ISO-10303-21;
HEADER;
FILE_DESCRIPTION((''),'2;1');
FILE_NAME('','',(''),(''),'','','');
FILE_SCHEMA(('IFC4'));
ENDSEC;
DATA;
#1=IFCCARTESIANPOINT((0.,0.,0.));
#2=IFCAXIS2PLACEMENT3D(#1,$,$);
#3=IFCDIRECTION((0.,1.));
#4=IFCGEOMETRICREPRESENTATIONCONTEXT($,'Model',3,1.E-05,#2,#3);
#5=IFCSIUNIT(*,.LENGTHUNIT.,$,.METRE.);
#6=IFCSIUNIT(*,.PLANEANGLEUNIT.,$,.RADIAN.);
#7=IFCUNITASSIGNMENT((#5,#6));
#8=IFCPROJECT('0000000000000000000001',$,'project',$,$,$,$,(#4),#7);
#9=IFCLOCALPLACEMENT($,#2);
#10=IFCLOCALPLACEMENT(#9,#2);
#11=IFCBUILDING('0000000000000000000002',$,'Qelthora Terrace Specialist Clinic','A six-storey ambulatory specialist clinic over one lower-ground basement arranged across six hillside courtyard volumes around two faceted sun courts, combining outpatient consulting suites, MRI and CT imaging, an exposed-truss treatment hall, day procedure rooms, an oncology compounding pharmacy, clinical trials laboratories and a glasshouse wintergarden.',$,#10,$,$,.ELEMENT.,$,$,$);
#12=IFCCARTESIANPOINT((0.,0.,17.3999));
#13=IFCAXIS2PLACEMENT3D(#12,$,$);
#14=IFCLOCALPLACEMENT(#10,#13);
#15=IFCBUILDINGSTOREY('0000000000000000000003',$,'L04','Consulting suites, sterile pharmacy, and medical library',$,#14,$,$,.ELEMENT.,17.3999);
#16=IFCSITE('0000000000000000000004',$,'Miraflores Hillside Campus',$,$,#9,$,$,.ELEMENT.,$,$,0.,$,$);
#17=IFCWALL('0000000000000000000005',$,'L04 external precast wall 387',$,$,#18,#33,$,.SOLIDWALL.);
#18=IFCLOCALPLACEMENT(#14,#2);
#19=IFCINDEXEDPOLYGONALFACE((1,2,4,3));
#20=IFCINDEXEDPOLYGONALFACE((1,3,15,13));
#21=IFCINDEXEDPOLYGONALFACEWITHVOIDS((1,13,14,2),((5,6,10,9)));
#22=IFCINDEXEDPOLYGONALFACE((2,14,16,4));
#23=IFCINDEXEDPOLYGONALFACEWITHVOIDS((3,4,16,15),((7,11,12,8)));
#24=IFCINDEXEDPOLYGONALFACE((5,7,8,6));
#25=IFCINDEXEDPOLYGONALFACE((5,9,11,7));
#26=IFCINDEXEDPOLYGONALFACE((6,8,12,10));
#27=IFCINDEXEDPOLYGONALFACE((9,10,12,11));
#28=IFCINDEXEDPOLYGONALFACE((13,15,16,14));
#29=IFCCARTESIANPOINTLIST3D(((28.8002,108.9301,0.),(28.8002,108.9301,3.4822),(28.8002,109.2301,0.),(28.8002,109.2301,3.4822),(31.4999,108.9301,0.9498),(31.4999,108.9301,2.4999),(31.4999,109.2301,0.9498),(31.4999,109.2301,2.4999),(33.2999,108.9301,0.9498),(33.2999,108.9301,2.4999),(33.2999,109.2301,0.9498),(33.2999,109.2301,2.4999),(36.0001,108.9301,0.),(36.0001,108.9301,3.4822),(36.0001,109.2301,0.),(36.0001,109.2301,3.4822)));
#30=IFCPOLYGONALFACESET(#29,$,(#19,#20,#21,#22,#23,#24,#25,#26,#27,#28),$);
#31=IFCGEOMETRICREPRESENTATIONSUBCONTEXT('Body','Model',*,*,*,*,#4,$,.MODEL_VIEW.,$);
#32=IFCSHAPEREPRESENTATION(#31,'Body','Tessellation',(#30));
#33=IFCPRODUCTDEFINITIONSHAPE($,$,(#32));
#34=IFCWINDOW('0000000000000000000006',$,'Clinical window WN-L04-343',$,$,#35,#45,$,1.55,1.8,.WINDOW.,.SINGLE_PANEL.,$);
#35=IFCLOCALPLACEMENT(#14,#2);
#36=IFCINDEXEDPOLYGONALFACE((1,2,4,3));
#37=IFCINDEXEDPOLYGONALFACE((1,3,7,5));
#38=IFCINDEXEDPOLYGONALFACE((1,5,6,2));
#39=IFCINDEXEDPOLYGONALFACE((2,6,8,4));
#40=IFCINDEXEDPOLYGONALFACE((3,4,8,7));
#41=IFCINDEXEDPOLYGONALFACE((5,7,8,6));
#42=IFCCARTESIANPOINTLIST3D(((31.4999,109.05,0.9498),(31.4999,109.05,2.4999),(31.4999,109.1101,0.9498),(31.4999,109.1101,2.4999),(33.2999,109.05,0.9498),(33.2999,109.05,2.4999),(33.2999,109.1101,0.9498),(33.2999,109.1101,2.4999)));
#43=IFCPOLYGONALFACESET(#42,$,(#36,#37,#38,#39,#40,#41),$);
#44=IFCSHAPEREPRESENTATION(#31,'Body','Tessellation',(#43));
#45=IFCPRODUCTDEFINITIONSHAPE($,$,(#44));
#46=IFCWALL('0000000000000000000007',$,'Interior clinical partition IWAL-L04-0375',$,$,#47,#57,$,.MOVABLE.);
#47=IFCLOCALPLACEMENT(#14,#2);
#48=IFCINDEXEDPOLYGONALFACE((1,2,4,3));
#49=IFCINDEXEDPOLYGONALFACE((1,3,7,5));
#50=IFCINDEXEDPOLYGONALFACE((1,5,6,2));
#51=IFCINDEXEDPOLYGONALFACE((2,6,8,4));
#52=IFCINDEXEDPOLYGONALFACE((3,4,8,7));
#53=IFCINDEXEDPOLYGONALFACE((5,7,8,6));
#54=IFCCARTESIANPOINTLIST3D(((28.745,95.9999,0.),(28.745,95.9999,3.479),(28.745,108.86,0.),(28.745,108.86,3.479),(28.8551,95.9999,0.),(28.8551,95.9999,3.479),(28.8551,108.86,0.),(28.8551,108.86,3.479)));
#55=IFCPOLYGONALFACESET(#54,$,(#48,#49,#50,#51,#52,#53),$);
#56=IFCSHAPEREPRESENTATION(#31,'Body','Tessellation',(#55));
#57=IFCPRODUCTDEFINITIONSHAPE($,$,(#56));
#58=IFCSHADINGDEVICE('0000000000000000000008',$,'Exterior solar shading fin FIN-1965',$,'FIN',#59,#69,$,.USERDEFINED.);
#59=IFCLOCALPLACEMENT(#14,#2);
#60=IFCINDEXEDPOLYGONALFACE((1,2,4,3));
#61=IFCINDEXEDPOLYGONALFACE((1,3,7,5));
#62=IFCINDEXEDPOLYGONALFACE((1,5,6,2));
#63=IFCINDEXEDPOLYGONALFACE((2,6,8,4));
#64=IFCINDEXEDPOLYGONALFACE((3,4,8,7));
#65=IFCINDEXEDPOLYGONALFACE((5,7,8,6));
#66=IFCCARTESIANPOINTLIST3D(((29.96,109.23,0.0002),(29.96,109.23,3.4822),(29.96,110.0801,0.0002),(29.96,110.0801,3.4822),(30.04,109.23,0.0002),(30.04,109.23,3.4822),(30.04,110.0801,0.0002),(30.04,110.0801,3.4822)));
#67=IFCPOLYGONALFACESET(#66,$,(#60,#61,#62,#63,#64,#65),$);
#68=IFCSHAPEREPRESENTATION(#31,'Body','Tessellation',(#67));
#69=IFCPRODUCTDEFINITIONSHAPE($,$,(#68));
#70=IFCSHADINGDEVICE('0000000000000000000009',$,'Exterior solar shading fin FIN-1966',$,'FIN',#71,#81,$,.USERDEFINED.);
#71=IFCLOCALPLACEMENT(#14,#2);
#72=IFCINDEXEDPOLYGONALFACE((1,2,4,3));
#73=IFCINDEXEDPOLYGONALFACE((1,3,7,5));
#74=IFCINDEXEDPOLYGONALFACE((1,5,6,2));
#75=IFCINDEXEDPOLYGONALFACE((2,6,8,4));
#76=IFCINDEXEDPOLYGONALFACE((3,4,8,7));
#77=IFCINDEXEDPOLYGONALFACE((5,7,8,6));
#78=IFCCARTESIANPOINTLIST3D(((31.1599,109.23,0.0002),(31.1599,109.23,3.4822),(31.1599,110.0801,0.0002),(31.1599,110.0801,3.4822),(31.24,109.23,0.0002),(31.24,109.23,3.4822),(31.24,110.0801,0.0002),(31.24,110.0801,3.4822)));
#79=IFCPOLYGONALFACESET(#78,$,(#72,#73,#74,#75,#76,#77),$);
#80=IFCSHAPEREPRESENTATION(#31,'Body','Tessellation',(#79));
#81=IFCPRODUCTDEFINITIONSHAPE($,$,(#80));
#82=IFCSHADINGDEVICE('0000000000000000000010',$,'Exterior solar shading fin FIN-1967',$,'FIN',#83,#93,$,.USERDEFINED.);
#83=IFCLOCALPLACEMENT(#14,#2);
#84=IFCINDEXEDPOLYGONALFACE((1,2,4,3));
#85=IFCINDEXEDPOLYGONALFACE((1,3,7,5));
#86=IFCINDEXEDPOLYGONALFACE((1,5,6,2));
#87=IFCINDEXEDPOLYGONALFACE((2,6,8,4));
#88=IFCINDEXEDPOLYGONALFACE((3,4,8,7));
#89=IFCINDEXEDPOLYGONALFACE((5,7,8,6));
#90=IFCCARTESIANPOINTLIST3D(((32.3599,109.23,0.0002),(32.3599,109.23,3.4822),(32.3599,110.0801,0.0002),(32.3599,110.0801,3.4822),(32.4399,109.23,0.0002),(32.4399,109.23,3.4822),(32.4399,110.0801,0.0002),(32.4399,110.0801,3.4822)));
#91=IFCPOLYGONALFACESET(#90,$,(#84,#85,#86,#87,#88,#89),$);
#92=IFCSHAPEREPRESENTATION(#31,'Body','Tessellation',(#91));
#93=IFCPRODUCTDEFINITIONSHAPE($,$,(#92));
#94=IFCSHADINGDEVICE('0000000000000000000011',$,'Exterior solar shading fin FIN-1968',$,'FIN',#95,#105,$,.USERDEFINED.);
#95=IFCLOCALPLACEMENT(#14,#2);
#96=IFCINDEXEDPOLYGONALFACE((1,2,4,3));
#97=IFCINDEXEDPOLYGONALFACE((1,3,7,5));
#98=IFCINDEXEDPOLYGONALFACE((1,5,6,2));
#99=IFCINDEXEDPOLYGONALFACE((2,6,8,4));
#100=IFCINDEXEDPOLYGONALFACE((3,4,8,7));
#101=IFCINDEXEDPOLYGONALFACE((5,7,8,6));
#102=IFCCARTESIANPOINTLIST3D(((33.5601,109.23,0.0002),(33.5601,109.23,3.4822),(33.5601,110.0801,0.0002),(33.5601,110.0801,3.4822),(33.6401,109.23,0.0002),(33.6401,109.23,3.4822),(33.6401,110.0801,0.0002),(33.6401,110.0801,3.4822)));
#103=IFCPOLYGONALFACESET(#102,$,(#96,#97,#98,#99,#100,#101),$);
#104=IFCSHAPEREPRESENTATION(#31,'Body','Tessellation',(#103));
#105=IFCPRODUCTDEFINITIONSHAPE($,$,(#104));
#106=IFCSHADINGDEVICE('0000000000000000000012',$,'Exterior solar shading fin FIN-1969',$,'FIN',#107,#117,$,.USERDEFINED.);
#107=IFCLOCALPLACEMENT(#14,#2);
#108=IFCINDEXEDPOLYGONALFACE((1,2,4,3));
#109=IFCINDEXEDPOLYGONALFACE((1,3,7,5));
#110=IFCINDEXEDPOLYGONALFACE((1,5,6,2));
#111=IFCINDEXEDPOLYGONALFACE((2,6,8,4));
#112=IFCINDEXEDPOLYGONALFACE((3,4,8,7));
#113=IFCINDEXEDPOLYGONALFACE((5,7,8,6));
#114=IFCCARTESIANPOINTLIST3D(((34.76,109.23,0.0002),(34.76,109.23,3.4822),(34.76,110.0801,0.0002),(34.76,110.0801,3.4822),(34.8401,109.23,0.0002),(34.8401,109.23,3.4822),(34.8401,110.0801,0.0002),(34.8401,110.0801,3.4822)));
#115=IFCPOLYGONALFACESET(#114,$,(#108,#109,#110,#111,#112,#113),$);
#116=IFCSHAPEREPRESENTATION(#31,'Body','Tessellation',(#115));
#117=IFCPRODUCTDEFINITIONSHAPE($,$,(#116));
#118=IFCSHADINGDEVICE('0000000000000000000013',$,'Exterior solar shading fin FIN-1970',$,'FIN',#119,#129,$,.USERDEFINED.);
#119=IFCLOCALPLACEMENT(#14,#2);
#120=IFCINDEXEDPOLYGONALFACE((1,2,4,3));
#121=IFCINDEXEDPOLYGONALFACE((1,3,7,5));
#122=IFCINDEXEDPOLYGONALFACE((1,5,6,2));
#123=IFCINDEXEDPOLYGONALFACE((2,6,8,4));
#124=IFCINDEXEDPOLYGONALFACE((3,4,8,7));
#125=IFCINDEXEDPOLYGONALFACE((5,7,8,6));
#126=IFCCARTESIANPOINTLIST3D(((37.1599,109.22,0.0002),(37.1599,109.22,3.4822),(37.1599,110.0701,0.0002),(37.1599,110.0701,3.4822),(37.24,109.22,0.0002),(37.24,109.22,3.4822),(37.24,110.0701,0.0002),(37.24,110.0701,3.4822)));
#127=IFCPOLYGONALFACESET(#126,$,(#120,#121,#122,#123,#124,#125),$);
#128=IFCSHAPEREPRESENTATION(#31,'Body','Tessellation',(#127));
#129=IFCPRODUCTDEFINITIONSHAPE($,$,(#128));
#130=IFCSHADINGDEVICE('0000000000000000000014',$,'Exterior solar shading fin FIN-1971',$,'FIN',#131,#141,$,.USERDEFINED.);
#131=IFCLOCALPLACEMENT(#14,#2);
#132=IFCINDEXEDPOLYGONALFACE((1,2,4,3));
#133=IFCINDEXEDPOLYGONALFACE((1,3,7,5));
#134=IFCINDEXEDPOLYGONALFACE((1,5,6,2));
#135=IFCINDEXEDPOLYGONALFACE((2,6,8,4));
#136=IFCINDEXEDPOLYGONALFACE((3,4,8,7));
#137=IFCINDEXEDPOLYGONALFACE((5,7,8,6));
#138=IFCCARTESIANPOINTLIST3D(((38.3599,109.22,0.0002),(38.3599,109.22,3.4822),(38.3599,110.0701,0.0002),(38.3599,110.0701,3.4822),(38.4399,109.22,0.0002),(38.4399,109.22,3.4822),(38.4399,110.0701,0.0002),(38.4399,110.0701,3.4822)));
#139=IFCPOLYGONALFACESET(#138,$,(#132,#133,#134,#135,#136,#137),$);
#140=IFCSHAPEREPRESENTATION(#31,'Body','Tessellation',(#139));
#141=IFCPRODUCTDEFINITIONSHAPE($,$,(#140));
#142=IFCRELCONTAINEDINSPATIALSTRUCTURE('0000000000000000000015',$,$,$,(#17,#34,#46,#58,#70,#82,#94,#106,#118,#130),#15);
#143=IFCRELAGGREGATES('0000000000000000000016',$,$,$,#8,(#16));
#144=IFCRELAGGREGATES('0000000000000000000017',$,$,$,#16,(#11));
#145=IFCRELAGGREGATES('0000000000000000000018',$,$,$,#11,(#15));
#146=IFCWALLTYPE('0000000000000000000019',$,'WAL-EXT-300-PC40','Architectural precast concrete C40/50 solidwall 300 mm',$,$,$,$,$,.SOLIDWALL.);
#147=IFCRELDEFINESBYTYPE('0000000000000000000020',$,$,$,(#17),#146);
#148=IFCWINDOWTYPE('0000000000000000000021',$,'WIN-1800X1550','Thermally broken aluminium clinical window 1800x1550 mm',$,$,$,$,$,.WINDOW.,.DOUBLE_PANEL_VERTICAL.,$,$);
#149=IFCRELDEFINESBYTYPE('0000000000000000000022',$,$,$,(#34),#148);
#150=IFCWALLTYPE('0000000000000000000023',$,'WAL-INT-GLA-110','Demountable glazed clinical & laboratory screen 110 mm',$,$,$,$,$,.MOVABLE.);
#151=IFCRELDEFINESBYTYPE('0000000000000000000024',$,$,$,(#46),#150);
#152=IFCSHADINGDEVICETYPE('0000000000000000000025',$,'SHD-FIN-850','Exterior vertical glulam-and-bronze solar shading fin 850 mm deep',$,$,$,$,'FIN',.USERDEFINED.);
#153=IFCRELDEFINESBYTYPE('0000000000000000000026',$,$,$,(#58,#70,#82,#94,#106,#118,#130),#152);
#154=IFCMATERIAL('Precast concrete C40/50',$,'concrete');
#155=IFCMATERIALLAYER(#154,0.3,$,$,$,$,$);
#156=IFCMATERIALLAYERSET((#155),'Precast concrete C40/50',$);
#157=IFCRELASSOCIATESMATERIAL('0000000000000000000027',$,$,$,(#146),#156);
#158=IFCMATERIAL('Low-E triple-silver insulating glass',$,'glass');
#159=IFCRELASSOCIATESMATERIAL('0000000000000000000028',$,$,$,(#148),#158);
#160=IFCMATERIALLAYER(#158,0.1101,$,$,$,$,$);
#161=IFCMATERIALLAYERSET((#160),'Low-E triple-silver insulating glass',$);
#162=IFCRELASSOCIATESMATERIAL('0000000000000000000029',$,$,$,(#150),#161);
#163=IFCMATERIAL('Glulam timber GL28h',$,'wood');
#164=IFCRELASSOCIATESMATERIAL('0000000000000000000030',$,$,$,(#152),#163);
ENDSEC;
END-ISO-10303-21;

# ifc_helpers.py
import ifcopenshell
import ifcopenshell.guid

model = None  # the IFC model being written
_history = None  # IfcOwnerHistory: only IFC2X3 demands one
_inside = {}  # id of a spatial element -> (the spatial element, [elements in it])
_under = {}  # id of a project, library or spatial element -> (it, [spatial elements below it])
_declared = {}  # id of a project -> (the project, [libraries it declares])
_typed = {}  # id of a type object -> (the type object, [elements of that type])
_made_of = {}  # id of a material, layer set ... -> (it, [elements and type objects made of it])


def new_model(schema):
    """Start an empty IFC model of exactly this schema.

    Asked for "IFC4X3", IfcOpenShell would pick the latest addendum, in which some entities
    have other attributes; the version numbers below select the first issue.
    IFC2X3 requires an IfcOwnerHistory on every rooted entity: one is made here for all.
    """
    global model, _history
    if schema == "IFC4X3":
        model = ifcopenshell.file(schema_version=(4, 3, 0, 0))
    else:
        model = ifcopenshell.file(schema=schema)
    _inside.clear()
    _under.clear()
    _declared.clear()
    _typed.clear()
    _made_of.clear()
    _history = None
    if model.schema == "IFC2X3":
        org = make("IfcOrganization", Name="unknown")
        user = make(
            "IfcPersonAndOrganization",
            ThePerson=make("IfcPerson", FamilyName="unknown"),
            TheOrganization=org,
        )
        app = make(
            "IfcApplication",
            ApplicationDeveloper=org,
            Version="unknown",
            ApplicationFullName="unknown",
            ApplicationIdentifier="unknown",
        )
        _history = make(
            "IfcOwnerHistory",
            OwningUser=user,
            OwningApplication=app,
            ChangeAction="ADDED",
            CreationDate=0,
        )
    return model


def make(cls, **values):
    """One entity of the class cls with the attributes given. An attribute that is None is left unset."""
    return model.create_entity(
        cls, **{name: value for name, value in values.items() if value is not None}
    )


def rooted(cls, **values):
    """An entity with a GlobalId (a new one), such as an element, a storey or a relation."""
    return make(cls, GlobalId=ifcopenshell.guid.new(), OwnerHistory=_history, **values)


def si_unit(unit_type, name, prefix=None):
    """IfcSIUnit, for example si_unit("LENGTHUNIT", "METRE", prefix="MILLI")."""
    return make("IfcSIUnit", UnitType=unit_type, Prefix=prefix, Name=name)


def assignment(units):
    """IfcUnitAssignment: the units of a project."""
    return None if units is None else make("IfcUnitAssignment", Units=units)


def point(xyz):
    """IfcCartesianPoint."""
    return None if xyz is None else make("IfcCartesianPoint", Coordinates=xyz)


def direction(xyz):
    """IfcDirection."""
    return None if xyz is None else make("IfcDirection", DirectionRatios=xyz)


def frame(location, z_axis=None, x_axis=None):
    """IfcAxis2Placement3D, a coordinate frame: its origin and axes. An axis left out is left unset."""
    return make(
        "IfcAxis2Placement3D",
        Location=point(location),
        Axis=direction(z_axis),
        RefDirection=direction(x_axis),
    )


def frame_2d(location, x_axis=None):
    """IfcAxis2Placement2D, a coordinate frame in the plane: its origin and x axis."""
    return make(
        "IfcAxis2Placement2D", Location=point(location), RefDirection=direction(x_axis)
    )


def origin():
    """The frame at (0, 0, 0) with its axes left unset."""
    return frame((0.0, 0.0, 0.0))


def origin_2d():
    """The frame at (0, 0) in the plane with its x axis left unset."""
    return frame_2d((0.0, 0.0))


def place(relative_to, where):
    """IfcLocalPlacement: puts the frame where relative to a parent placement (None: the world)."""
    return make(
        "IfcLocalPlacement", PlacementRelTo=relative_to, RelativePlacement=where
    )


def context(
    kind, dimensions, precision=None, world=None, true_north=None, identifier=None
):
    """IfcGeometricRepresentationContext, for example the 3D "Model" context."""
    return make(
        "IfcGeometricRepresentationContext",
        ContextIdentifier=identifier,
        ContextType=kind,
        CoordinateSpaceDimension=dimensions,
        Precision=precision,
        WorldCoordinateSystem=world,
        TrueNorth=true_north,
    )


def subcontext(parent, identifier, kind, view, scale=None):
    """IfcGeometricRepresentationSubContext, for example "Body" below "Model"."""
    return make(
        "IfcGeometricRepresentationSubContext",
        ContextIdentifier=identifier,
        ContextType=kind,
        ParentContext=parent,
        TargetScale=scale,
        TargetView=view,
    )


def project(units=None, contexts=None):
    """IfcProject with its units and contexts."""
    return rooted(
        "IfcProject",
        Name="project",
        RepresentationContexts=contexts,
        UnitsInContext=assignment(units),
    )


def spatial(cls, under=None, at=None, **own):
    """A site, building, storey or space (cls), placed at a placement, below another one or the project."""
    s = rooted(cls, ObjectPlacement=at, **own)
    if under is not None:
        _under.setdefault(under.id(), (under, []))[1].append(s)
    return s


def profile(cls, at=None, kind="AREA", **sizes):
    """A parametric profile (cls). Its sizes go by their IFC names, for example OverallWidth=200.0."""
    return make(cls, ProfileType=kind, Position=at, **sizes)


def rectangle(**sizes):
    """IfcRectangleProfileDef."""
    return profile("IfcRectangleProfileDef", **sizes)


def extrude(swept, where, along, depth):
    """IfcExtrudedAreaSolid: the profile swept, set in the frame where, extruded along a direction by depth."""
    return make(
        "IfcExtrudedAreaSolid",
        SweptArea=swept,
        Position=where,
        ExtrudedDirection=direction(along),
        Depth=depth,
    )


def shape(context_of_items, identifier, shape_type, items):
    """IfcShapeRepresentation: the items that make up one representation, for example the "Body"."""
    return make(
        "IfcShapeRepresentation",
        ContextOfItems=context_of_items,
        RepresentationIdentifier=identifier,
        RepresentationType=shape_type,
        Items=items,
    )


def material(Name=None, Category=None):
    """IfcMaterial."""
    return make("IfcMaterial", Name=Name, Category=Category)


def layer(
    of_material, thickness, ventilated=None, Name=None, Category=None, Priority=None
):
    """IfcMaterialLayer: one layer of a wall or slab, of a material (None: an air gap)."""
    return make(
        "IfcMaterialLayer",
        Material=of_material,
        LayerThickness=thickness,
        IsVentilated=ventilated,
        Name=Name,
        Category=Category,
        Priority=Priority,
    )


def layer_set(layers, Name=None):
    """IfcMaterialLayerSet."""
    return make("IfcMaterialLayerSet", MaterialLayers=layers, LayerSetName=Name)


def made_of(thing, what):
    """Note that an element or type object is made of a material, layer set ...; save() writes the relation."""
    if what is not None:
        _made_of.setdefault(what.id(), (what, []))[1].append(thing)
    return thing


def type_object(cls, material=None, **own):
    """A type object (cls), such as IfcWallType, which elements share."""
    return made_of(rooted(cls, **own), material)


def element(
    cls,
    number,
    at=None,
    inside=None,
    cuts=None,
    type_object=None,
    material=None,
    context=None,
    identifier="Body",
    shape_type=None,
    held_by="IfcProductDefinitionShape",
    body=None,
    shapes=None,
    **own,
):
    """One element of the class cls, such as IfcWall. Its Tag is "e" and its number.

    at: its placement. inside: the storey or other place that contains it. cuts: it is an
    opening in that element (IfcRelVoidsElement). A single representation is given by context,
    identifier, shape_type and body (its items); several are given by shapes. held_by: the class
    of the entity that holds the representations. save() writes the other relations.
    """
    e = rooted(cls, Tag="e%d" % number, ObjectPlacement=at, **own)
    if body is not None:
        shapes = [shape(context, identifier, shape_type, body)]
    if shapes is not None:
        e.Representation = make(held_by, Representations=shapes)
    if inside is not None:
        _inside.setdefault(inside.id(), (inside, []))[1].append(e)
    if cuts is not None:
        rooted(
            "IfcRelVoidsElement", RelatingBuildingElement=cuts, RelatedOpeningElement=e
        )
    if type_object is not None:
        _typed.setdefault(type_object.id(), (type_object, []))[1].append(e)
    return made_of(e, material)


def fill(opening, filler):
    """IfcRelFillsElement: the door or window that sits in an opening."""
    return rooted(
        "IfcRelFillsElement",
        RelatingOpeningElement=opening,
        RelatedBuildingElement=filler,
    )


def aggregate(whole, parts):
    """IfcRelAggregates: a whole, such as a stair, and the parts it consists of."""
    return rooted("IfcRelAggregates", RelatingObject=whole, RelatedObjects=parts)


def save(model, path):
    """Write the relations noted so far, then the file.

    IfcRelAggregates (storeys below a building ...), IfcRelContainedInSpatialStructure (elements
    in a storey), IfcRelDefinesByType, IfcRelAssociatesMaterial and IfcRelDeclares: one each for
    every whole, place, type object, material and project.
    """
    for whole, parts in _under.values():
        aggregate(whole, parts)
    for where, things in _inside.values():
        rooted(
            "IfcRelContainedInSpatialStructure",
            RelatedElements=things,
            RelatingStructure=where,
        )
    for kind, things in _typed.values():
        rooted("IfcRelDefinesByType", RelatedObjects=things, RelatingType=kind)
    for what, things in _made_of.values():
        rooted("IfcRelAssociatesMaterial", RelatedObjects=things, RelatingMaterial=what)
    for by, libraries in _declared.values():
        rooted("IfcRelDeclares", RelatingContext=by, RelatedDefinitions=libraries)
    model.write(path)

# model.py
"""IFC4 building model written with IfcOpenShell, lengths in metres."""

from ifc_helpers import new_model, si_unit, direction, frame, frame_2d, origin, origin_2d, place, context, subcontext, project, spatial, rectangle, extrude, material, layer, layer_set, type_object, element, fill, save


model = new_model("IFC4")

# Units and contexts
model_context = context("Model", 3, precision=1e-05, world=origin(), true_north=direction((0.0, 1.0)))
body_context = subcontext(model_context, "Body", "Model", "MODEL_VIEW")
ifc_project = project(units=[si_unit("LENGTHUNIT", "METRE"), si_unit("PLANEANGLEUNIT", "RADIAN")], contexts=[model_context])

# Site, building, storey
site_placement = place(None, origin())
site = spatial("IfcSite", under=ifc_project, at=site_placement, Name="Miraflores Hillside Campus", CompositionType="ELEMENT", RefElevation=0.0)
building_placement = place(site_placement, origin())
building = spatial("IfcBuilding", under=site, at=building_placement, Name="Qelthora Terrace Specialist Clinic", Description="A six-storey ambulatory specialist clinic over one lower-ground basement arranged across six hillside courtyard volumes around two faceted sun courts, combining outpatient consulting suites, MRI and CT imaging, an exposed-truss treatment hall, day procedure rooms, an oncology compounding pharmacy, clinical trials laboratories and a glasshouse wintergarden.", CompositionType="ELEMENT")
storey_placement = place(building_placement, frame((0.0, 0.0, 17.3999)))
storey = spatial("IfcBuildingStorey", under=building, at=storey_placement, Name="L04", Description="Consulting suites, sterile pharmacy, and medical library", CompositionType="ELEMENT", Elevation=17.3999)

# Wall, opening, window
ifc_material_1 = material(Name="Precast concrete C40/50", Category="concrete")
ifc_material_2 = material(Name="Low-E triple-silver insulating glass", Category="glass")
ifc_layer_1 = layer(ifc_material_1, 0.3)
ifc_layer_set_1 = layer_set([ifc_layer_1], Name="Precast concrete C40/50")
wall_type_1 = type_object("IfcWallType", Name="WAL-EXT-300-PC40", Description="Architectural precast concrete C40/50 solidwall 300 mm", PredefinedType="SOLIDWALL", material=ifc_layer_set_1)
wall_1_placement = place(storey_placement, frame((28.8, 109.0801, 0.0), z_axis=(0.0, 0.0, 1.0), x_axis=(1.0, 0.0, 0.0)))
wall_1 = element("IfcWall", 1, at=wall_1_placement, inside=storey, type_object=wall_type_1, Name="L04 external precast wall 387", PredefinedType="SOLIDWALL", context=body_context, shape_type="SweptSolid", body=[
    extrude(rectangle(XDim=7.2, YDim=0.3, at=frame_2d((3.6001, 0.0))), origin(), (0.0, 0.0, 1.0), 3.4822),
])
opening_1_placement = place(wall_1_placement, frame((2.7, 0.0, 0.95)))
opening_1 = element("IfcOpeningElement", 2, at=opening_1_placement, cuts=wall_1, PredefinedType="OPENING", context=body_context, shape_type="SweptSolid", body=[
    extrude(rectangle(XDim=1.8, YDim=1.55, at=frame_2d((0.8999, 0.7749))), frame((0.0, 0.1599, 0.0), z_axis=(0.0, -1.0, 0.0), x_axis=(1.0, 0.0, 0.0)), (0.0, 0.0, 1.0), 0.3201),
])
window_type_1 = type_object("IfcWindowType", Name="WIN-1800X1550", Description="Thermally broken aluminium clinical window 1800x1550 mm", PartitioningType="DOUBLE_PANEL_VERTICAL", PredefinedType="WINDOW", material=ifc_material_2)
window_1_placement = place(opening_1_placement, origin())
window_1 = element("IfcWindow", 3, at=window_1_placement, inside=storey, type_object=window_type_1, Name="Clinical window WN-L04-343", OverallHeight=1.55, OverallWidth=1.8, PartitioningType="SINGLE_PANEL", PredefinedType="WINDOW", context=body_context, shape_type="SweptSolid", body=[
    extrude(rectangle(XDim=1.8, YDim=1.55, at=frame_2d((0.8999, 0.7749))), frame((0.0, 0.03, 0.0), z_axis=(0.0, -1.0, 0.0), x_axis=(1.0, 0.0, 0.0)), (0.0, 0.0, 1.0), 0.0601),
])
fill(opening_1, window_1)

# Wall
ifc_layer_2 = layer(ifc_material_2, 0.1101)
ifc_layer_set_2 = layer_set([ifc_layer_2], Name="Low-E triple-silver insulating glass")
wall_type_2 = type_object("IfcWallType", Name="WAL-INT-GLA-110", Description="Demountable glazed clinical & laboratory screen 110 mm", PredefinedType="MOVABLE", material=ifc_layer_set_2)
wall_2_placement = place(storey_placement, frame((28.8, 108.8601, 0.0), z_axis=(0.0, 0.0, 1.0), x_axis=(0.0, -1.0, 0.0)))
element("IfcWall", 4, at=wall_2_placement, inside=storey, type_object=wall_type_2, Name="Interior clinical partition IWAL-L04-0375", PredefinedType="MOVABLE", context=body_context, shape_type="SweptSolid", body=[
    extrude(rectangle(XDim=12.8601, YDim=0.1101, at=frame_2d((6.4302, 0.0))), origin(), (0.0, 0.0, 1.0), 3.479),
])

# Shading devices
ifc_material_3 = material(Name="Glulam timber GL28h", Category="wood")
shading_device_type = type_object("IfcShadingDeviceType", Name="SHD-FIN-850", Description="Exterior vertical glulam-and-bronze solar shading fin 850 mm deep", ElementType="FIN", PredefinedType="USERDEFINED", material=ifc_material_3)
for number, where, z_axis, x_axis, name in (
    (5, (30.0, 109.655, 0.0002), (0.0, 0.0, 1.0), (0.0, 1.0, 0.0), "Exterior solar shading fin FIN-1965"),
    (6, (31.2, 109.655, 0.0002), (0.0, 0.0, 1.0), (0.0, 1.0, 0.0), "Exterior solar shading fin FIN-1966"),
    (7, (32.3999, 109.655, 0.0002), (0.0, 0.0, 1.0), (0.0, 1.0, 0.0), "Exterior solar shading fin FIN-1967"),
    (8, (33.6001, 109.655, 0.0002), (0.0, 0.0, 1.0), (0.0, 1.0, 0.0), "Exterior solar shading fin FIN-1968"),
    (9, (34.8, 109.655, 0.0002), (0.0, 0.0, 1.0), (0.0, 1.0, 0.0), "Exterior solar shading fin FIN-1969"),
    (10, (37.2, 109.645, 0.0002), (0.0, 0.0, 1.0), (0.0, 1.0, 0.0), "Exterior solar shading fin FIN-1970"),
    (11, (38.3999, 109.645, 0.0002), (0.0, 0.0, 1.0), (0.0, 1.0, 0.0), "Exterior solar shading fin FIN-1971"),
):
    element("IfcShadingDevice", number, at=place(storey_placement, frame(where, z_axis=z_axis, x_axis=x_axis)), inside=storey, type_object=shading_device_type, Name=name, ObjectType="FIN", PredefinedType="USERDEFINED", context=body_context, shape_type="SweptSolid", body=[
        extrude(rectangle(XDim=0.8501, YDim=0.0801, at=origin_2d()), origin(), (0.0, 0.0, 1.0), 3.4819),
    ])

save(model, "model.ifc")
